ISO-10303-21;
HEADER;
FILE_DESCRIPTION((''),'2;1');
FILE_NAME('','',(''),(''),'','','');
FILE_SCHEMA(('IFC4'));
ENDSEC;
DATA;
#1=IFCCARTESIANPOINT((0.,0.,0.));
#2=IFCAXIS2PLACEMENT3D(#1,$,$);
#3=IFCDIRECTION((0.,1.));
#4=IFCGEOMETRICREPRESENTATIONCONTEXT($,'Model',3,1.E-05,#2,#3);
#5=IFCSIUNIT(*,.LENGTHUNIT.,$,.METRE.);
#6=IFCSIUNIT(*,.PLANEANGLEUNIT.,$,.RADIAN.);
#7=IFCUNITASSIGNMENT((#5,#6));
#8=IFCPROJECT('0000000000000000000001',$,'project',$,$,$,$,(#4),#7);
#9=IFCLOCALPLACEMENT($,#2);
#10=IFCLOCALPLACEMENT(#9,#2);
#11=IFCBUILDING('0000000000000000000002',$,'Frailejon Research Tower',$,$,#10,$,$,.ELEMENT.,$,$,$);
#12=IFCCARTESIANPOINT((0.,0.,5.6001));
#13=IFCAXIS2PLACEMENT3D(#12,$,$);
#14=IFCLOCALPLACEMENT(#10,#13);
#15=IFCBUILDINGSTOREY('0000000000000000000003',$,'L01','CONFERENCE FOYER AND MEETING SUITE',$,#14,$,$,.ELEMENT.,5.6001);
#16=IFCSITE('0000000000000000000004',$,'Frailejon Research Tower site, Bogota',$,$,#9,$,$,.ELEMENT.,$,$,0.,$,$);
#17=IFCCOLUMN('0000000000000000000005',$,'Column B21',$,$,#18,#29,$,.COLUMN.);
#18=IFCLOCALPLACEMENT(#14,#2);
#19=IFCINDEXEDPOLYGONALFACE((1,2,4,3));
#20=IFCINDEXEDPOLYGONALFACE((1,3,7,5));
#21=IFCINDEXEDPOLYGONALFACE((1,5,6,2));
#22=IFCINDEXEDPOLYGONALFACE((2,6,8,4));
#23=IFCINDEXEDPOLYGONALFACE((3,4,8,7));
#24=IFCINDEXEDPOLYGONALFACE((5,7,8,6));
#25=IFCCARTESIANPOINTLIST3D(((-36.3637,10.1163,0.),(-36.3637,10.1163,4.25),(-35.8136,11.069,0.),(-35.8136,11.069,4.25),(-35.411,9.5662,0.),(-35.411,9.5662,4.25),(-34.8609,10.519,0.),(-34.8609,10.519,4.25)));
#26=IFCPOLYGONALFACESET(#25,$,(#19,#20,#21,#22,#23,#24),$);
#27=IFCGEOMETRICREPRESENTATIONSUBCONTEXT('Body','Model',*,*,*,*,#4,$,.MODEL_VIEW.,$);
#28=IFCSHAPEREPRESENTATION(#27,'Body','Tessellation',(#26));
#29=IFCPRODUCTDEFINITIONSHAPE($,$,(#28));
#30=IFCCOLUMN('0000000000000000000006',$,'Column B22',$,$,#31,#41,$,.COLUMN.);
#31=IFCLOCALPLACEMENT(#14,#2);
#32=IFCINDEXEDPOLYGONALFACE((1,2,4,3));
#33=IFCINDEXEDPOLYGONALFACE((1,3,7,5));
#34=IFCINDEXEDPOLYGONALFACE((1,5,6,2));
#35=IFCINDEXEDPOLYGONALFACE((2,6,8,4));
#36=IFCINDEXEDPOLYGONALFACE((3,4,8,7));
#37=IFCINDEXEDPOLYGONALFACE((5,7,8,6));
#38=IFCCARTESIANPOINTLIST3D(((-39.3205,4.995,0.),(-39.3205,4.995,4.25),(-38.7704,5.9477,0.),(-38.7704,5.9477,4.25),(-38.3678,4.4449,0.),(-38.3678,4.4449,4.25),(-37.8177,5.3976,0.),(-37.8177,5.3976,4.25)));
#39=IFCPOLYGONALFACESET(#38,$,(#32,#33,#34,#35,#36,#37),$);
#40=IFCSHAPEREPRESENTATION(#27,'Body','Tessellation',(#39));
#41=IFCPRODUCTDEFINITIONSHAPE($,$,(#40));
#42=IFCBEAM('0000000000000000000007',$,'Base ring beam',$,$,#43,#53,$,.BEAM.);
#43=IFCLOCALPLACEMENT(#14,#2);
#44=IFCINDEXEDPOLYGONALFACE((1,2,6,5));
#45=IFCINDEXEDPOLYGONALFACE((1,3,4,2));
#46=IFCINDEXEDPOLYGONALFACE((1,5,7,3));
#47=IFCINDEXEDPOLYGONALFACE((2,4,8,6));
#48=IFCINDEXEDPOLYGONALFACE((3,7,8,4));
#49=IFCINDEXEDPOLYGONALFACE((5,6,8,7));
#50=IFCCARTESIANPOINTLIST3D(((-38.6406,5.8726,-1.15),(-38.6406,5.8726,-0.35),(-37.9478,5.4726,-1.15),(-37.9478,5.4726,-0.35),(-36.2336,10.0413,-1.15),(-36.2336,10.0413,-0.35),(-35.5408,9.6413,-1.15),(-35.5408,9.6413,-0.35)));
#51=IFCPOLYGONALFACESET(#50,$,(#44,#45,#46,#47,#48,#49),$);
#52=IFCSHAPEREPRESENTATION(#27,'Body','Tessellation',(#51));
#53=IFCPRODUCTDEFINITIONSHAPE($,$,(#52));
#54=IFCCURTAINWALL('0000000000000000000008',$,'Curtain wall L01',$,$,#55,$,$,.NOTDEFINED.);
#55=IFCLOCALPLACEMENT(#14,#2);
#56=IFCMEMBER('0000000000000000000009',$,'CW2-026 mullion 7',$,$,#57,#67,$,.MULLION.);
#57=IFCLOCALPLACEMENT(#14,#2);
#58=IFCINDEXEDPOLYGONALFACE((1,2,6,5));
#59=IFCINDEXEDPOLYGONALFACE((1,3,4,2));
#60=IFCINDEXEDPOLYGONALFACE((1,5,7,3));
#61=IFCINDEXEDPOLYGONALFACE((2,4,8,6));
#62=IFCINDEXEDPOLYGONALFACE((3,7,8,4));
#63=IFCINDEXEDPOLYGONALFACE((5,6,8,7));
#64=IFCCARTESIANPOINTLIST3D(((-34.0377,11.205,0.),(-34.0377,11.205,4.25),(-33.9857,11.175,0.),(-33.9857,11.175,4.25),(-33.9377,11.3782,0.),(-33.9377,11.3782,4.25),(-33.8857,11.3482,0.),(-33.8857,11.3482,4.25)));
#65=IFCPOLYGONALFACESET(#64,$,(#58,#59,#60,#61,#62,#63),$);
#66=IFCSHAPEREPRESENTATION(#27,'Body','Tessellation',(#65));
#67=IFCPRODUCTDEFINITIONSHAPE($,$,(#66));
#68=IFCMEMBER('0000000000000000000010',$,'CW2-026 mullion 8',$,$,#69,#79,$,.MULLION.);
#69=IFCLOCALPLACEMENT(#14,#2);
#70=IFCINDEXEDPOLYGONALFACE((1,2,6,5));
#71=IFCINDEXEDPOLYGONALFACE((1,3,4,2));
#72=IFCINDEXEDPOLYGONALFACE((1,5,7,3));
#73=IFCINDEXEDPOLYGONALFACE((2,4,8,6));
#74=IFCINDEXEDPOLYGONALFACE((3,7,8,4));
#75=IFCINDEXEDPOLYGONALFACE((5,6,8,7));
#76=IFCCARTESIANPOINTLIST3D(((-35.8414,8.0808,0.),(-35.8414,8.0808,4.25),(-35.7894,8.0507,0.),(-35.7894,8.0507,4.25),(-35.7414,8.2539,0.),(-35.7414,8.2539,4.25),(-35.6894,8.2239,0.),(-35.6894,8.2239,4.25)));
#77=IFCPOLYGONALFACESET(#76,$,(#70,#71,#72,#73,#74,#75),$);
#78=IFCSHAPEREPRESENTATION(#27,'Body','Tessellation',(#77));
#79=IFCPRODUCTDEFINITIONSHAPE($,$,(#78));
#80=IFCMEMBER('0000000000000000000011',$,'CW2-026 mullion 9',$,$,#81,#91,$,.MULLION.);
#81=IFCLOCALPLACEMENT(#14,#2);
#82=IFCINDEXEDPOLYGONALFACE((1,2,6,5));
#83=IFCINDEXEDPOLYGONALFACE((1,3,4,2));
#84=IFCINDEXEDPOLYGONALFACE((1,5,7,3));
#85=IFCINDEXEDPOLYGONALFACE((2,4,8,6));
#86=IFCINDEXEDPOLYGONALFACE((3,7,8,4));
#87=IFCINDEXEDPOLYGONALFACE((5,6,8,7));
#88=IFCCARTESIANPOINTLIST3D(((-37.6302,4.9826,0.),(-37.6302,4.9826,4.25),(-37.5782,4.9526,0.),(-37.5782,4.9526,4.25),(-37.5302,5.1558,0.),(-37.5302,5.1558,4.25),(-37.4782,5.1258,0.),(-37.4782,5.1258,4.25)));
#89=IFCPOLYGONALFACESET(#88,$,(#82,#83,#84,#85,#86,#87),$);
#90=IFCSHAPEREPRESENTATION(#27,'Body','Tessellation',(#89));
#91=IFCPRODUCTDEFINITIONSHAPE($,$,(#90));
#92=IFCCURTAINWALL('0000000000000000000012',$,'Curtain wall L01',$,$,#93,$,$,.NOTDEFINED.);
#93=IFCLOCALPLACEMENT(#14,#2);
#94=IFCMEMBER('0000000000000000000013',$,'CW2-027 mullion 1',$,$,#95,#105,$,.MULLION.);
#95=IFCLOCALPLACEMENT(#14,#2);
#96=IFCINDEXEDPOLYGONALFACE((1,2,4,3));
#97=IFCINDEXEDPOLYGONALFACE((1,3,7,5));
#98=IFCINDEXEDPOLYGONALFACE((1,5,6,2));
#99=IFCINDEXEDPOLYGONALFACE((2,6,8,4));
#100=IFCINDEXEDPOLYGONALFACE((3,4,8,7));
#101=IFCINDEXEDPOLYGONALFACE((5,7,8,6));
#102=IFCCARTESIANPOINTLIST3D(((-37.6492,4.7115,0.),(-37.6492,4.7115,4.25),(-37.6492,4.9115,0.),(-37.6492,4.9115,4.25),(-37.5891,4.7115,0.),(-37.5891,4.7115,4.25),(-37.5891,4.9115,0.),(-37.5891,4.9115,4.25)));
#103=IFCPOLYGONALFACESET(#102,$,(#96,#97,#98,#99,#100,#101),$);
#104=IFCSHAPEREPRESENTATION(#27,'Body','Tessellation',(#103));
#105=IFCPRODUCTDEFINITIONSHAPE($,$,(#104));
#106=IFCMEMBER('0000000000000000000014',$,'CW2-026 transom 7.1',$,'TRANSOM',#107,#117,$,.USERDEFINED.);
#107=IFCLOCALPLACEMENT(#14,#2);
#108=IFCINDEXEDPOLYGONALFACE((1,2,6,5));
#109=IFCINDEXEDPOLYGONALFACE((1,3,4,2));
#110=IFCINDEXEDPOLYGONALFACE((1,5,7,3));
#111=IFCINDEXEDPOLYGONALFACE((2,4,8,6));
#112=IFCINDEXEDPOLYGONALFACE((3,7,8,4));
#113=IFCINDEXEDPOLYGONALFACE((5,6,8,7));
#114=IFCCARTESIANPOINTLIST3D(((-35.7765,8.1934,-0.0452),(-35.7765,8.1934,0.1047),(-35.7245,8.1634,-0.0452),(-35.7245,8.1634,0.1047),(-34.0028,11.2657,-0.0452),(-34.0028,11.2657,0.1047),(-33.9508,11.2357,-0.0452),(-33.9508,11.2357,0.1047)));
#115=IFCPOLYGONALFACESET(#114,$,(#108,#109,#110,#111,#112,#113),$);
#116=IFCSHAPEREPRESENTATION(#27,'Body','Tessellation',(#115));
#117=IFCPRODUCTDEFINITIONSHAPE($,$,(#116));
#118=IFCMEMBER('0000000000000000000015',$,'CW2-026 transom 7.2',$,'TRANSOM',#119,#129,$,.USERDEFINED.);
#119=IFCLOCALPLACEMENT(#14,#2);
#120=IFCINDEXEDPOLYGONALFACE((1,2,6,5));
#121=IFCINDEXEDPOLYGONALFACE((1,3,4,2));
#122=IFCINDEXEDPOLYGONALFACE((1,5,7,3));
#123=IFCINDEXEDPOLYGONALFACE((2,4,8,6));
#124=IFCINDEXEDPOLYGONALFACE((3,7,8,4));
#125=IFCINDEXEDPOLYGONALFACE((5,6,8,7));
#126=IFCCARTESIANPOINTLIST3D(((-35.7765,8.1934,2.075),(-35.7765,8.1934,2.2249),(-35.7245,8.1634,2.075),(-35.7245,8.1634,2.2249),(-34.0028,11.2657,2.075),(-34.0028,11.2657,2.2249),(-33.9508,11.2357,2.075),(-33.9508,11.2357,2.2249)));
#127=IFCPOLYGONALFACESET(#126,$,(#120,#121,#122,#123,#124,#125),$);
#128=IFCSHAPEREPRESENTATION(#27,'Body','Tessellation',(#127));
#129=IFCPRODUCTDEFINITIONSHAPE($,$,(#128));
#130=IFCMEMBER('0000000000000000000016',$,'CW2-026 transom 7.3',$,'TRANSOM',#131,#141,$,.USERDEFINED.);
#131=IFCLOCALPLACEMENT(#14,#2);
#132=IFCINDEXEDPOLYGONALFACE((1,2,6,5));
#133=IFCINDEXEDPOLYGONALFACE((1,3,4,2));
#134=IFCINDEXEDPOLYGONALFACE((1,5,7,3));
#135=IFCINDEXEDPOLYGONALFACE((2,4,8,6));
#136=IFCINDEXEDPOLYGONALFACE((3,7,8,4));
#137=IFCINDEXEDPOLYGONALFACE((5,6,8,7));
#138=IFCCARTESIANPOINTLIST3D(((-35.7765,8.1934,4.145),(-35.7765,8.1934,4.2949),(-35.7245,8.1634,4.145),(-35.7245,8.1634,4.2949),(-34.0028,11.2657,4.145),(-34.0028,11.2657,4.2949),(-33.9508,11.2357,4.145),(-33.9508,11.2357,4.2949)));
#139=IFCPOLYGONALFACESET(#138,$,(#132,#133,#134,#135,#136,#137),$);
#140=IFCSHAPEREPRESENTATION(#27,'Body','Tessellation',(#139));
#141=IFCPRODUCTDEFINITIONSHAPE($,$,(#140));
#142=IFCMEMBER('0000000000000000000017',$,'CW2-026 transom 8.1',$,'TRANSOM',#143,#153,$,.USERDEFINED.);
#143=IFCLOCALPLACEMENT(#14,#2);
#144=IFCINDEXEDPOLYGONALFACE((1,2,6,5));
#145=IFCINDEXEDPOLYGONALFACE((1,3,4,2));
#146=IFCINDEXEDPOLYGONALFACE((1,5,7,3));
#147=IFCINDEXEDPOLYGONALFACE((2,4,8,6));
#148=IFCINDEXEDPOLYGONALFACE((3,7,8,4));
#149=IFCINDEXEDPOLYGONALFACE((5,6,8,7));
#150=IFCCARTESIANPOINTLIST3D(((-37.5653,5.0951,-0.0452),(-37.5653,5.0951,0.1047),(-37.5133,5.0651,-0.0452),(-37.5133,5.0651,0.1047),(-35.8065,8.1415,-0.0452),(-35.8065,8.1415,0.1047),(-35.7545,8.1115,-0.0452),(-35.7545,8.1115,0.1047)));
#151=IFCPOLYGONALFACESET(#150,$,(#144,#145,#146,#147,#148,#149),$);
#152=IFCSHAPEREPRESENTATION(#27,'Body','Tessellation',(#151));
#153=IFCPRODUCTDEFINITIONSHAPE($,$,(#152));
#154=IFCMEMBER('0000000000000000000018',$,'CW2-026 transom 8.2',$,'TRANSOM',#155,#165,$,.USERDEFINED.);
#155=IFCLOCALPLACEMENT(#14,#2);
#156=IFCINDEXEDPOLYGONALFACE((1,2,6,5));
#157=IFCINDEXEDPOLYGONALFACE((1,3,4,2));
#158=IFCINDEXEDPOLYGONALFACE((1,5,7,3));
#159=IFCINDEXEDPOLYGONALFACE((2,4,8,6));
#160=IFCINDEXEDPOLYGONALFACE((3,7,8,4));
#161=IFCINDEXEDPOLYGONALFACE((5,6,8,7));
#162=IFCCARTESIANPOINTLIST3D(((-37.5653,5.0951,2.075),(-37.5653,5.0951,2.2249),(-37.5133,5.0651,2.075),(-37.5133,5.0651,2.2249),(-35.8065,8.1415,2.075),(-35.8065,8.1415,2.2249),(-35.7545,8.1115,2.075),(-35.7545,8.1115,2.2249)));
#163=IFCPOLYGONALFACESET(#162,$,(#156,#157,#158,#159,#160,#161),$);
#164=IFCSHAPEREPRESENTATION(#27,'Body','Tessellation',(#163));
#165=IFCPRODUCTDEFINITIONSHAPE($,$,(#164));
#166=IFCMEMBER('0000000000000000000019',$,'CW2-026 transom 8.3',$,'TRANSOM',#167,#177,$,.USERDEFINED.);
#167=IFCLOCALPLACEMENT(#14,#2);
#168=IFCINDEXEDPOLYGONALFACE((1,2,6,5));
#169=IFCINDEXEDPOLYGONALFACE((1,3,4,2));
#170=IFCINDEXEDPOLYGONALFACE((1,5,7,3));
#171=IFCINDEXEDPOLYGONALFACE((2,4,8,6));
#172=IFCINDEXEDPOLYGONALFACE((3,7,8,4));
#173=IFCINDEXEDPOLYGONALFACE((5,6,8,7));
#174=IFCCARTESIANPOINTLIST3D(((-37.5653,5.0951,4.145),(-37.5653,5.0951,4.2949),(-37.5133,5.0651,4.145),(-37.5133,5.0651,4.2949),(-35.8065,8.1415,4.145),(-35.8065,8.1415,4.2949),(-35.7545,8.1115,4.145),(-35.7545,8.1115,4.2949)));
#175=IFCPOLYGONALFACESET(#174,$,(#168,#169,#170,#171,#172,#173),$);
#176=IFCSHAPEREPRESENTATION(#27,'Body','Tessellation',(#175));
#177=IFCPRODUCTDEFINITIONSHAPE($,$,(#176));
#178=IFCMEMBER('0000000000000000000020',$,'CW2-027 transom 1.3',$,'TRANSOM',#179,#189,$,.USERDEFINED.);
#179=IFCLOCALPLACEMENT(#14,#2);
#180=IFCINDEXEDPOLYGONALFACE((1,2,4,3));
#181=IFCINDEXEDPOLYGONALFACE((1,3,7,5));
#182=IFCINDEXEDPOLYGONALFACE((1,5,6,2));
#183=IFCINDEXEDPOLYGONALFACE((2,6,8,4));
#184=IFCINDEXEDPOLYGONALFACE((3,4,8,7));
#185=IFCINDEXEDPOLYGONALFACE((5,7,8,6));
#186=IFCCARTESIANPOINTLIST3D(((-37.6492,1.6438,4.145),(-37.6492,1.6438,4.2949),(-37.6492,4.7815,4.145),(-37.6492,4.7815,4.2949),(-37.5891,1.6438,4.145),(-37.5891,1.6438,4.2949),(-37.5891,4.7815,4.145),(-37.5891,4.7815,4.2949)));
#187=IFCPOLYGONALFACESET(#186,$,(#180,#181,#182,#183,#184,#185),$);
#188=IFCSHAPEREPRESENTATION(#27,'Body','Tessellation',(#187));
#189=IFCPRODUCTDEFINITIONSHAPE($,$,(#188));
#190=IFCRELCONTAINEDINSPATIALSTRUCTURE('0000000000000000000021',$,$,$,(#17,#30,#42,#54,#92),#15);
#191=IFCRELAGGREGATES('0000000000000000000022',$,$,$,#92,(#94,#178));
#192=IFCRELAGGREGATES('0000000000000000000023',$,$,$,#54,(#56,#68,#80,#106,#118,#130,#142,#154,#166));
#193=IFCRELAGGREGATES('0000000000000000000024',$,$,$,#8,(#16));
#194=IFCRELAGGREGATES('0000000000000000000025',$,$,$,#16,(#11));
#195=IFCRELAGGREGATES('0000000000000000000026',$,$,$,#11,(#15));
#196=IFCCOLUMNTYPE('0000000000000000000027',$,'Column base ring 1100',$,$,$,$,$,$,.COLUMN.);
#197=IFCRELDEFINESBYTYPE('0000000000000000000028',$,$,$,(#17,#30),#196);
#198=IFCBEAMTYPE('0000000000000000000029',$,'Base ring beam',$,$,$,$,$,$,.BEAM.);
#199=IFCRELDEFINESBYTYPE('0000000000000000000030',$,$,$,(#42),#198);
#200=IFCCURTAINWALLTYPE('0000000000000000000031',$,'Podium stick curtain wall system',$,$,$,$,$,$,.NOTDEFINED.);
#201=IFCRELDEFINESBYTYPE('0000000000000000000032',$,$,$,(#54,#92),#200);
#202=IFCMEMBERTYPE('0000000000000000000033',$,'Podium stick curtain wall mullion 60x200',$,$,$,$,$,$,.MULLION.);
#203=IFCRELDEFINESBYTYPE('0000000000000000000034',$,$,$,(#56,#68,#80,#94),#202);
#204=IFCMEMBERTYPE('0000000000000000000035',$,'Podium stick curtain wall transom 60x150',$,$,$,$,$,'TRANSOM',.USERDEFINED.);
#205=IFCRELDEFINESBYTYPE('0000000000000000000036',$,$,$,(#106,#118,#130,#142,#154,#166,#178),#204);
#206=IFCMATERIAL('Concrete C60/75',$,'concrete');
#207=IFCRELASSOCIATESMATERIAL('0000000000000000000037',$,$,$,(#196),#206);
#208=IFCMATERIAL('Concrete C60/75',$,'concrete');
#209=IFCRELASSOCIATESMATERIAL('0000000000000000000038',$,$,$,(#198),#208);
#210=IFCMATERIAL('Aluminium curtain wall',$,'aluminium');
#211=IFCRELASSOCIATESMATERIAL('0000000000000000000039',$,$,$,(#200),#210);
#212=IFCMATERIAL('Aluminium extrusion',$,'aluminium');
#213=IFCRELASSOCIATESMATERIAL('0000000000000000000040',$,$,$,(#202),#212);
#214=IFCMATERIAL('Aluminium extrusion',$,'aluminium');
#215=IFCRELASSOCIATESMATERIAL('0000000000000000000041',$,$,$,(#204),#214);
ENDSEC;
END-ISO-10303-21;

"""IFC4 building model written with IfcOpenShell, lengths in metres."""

from ifc_helpers import new_model, si_unit, direction, frame, origin, origin_2d, place, context, subcontext, project, spatial, rectangle, extrude, material, material_profile, profile_set, type_object, element, aggregate, save


model = new_model("IFC4")

# Units and contexts
model_context = context("Model", 3, precision=1e-05, world=origin(), true_north=direction((0.0, 1.0)))
body_context = subcontext(model_context, "Body", "Model", "MODEL_VIEW")
ifc_project = project(units=[si_unit("LENGTHUNIT", "METRE"), si_unit("PLANEANGLEUNIT", "RADIAN")], contexts=[model_context])

# Site, building, storey
site_placement = place(None, origin())
site = spatial("IfcSite", under=ifc_project, at=site_placement, Name="Frailejon Research Tower site, Bogota", CompositionType="ELEMENT", RefElevation=0.0)
building_placement = place(site_placement, origin())
building = spatial("IfcBuilding", under=site, at=building_placement, Name="Frailejon Research Tower", CompositionType="ELEMENT")
storey_placement = place(building_placement, frame((0.0, 0.0, 5.6001)))
storey = spatial("IfcBuildingStorey", under=building, at=storey_placement, Name="L01", Description="CONFERENCE FOYER AND MEETING SUITE", CompositionType="ELEMENT", Elevation=5.6001)

# Columns
ifc_material_1 = material(Name="Concrete C60/75", Category="concrete")
ifc_material_profile_1 = material_profile(ifc_material_1, rectangle(XDim=1.1001, YDim=1.1001, at=origin_2d()), Name="Column base ring 1100")
ifc_profile_set_1 = profile_set([ifc_material_profile_1], Name="Concrete C60/75")
column_type = type_object("IfcColumnType", Name="Column base ring 1100", PredefinedType="COLUMN", material=ifc_profile_set_1)
for number, where, z_axis, x_axis, name in (
    (1, (-35.6123, 10.3176, 0.0), (0.0, 0.0, 1.0), (-0.5, -0.866025, 0.0), "Column B21"),
    (2, (-38.5691, 5.1963, 0.0), (0.0, 0.0, 1.0), (-0.5, -0.866025, 0.0), "Column B22"),
):
    element("IfcColumn", number, at=place(storey_placement, frame(where, z_axis=z_axis, x_axis=x_axis)), inside=storey, type_object=column_type, Name=name, PredefinedType="COLUMN", context=body_context, shape_type="SweptSolid", body=[
        extrude(rectangle(XDim=1.1001, YDim=1.1001, at=origin_2d()), origin(), (0.0, 0.0, 1.0), 4.25),
    ])

# Beam
ifc_material_2 = material(Name="Concrete C60/75", Category="concrete")
ifc_material_profile_2 = material_profile(ifc_material_2, rectangle(XDim=0.8, YDim=0.8, at=origin_2d()), Name="Base ring beam")
ifc_profile_set_2 = profile_set([ifc_material_profile_2], Name="Concrete C60/75")
beam_type = type_object("IfcBeamType", Name="Base ring beam", PredefinedType="BEAM", material=ifc_profile_set_2)
beam_placement = place(storey_placement, frame((-35.8872, 9.8413, -0.75), z_axis=(-0.500028, -0.866009, 0.0), x_axis=(0.866009, -0.500028, 0.0)))
element("IfcBeam", 3, at=beam_placement, inside=storey, type_object=beam_type, Name="Base ring beam", PredefinedType="BEAM", context=body_context, shape_type="SweptSolid", body=[
    extrude(rectangle(XDim=0.8, YDim=0.8, at=origin_2d()), origin(), (0.0, 0.0, 1.0), 4.8137),
])

# Curtain wall, members
ifc_material_3 = material(Name="Aluminium curtain wall", Category="aluminium")
curtain_wall_type = type_object("IfcCurtainWallType", Name="Podium stick curtain wall system", PredefinedType="NOTDEFINED", material=ifc_material_3)
curtain_wall_1_placement = place(storey_placement, origin())
curtain_wall_1 = element("IfcCurtainWall", 4, at=curtain_wall_1_placement, inside=storey, type_object=curtain_wall_type, Name="Curtain wall L01", PredefinedType="NOTDEFINED")
ifc_material_4 = material(Name="Aluminium extrusion", Category="aluminium")
ifc_material_profile_3 = material_profile(ifc_material_4, rectangle(XDim=0.0601, YDim=0.2, at=origin_2d()), Name="Podium stick curtain wall mullion 60x200")
ifc_profile_set_3 = profile_set([ifc_material_profile_3], Name="Aluminium extrusion")
member_type_1 = type_object("IfcMemberType", Name="Podium stick curtain wall mullion 60x200", PredefinedType="MULLION", material=ifc_profile_set_3)
member_1_placement = place(storey_placement, frame((-33.9617, 11.2766, 0.0), z_axis=(0.0, 0.0, 1.0), x_axis=(0.866026, -0.499998, 0.0)))
member_1 = element("IfcMember", 5, at=member_1_placement, type_object=member_type_1, Name="CW2-026 mullion 7", PredefinedType="MULLION", context=body_context, shape_type="SweptSolid", body=[
    extrude(rectangle(XDim=0.0601, YDim=0.2, at=origin_2d()), origin(), (0.0, 0.0, 1.0), 4.25),
])
member_2_placement = place(storey_placement, frame((-35.7654, 8.1523, 0.0), z_axis=(0.0, 0.0, 1.0), x_axis=(0.866026, -0.499998, 0.0)))
member_2 = element("IfcMember", 6, at=member_2_placement, type_object=member_type_1, Name="CW2-026 mullion 8", PredefinedType="MULLION", context=body_context, shape_type="SweptSolid", body=[
    extrude(rectangle(XDim=0.0601, YDim=0.2, at=origin_2d()), origin(), (0.0, 0.0, 1.0), 4.25),
])
member_3_placement = place(storey_placement, frame((-37.5542, 5.0542, 0.0), z_axis=(0.0, 0.0, 1.0), x_axis=(0.866026, -0.499998, 0.0)))
member_3 = element("IfcMember", 7, at=member_3_placement, type_object=member_type_1, Name="CW2-026 mullion 9", PredefinedType="MULLION", context=body_context, shape_type="SweptSolid", body=[
    extrude(rectangle(XDim=0.0601, YDim=0.2, at=origin_2d()), origin(), (0.0, 0.0, 1.0), 4.25),
])

# Curtain wall, member
curtain_wall_2_placement = place(storey_placement, origin())
curtain_wall_2 = element("IfcCurtainWall", 8, at=curtain_wall_2_placement, inside=storey, type_object=curtain_wall_type, Name="Curtain wall L01", PredefinedType="NOTDEFINED")
member_4_placement = place(storey_placement, frame((-37.6191, 4.8115, 0.0), z_axis=(0.0, 0.0, 1.0), x_axis=(1.0, 0.0, 0.0)))
member_4 = element("IfcMember", 9, at=member_4_placement, type_object=member_type_1, Name="CW2-027 mullion 1", PredefinedType="MULLION", context=body_context, shape_type="SweptSolid", body=[
    extrude(rectangle(XDim=0.0601, YDim=0.2, at=origin_2d()), origin(), (0.0, 0.0, 1.0), 4.25),
])

# Members
ifc_material_5 = material(Name="Aluminium extrusion", Category="aluminium")
ifc_material_profile_4 = material_profile(ifc_material_5, rectangle(XDim=0.0601, YDim=0.1499, at=origin_2d()), Name="Podium stick curtain wall transom 60x150")
ifc_profile_set_4 = profile_set([ifc_material_profile_4], Name="Aluminium extrusion")
member_type_2 = type_object("IfcMemberType", Name="Podium stick curtain wall transom 60x150", ElementType="TRANSOM", PredefinedType="USERDEFINED", material=ifc_profile_set_4)
member_5_placement = place(storey_placement, frame((-33.9768, 11.2507, 0.0298), z_axis=(-0.499981, -0.866037, 0.0), x_axis=(0.866037, -0.499981, 0.0)))
member_5 = element("IfcMember", 10, at=member_5_placement, type_object=member_type_2, Name="CW2-026 transom 7.1", ObjectType="TRANSOM", PredefinedType="USERDEFINED", context=body_context, shape_type="SweptSolid", body=[
    extrude(rectangle(XDim=0.0601, YDim=0.1499, at=origin_2d()), origin(), (0.0, 0.0, 1.0), 3.5476),
])
member_6_placement = place(storey_placement, frame((-33.9768, 11.2507, 2.1499), z_axis=(-0.499981, -0.866037, 0.0), x_axis=(0.866037, -0.499981, 0.0)))
member_6 = element("IfcMember", 11, at=member_6_placement, type_object=member_type_2, Name="CW2-026 transom 7.2", ObjectType="TRANSOM", PredefinedType="USERDEFINED", context=body_context, shape_type="SweptSolid", body=[
    extrude(rectangle(XDim=0.0601, YDim=0.1499, at=origin_2d()), origin(), (0.0, 0.0, 1.0), 3.5476),
])
member_7_placement = place(storey_placement, frame((-33.9768, 11.2507, 4.22), z_axis=(-0.499981, -0.866037, 0.0), x_axis=(0.866037, -0.499981, 0.0)))
member_7 = element("IfcMember", 12, at=member_7_placement, type_object=member_type_2, Name="CW2-026 transom 7.3", ObjectType="TRANSOM", PredefinedType="USERDEFINED", context=body_context, shape_type="SweptSolid", body=[
    extrude(rectangle(XDim=0.0601, YDim=0.1499, at=origin_2d()), origin(), (0.0, 0.0, 1.0), 3.5476),
])
member_8_placement = place(storey_placement, frame((-35.7805, 8.1265, 0.0298), z_axis=(-0.499991, -0.866031, 0.0), x_axis=(0.866031, -0.499991, 0.0)))
member_8 = element("IfcMember", 13, at=member_8_placement, type_object=member_type_2, Name="CW2-026 transom 8.1", ObjectType="TRANSOM", PredefinedType="USERDEFINED", context=body_context, shape_type="SweptSolid", body=[
    extrude(rectangle(XDim=0.0601, YDim=0.1499, at=origin_2d()), origin(), (0.0, 0.0, 1.0), 3.5176),
])
member_9_placement = place(storey_placement, frame((-35.7805, 8.1265, 2.1499), z_axis=(-0.499991, -0.866031, 0.0), x_axis=(0.866031, -0.499991, 0.0)))
member_9 = element("IfcMember", 14, at=member_9_placement, type_object=member_type_2, Name="CW2-026 transom 8.2", ObjectType="TRANSOM", PredefinedType="USERDEFINED", context=body_context, shape_type="SweptSolid", body=[
    extrude(rectangle(XDim=0.0601, YDim=0.1499, at=origin_2d()), origin(), (0.0, 0.0, 1.0), 3.5176),
])
member_10_placement = place(storey_placement, frame((-35.7805, 8.1265, 4.22), z_axis=(-0.499991, -0.866031, 0.0), x_axis=(0.866031, -0.499991, 0.0)))
member_10 = element("IfcMember", 15, at=member_10_placement, type_object=member_type_2, Name="CW2-026 transom 8.3", ObjectType="TRANSOM", PredefinedType="USERDEFINED", context=body_context, shape_type="SweptSolid", body=[
    extrude(rectangle(XDim=0.0601, YDim=0.1499, at=origin_2d()), origin(), (0.0, 0.0, 1.0), 3.5176),
])
member_11_placement = place(storey_placement, frame((-37.6191, 4.7815, 4.22), z_axis=(0.0, -1.0, 0.0), x_axis=(1.0, 0.0, 0.0)))
member_11 = element("IfcMember", 16, at=member_11_placement, type_object=member_type_2, Name="CW2-027 transom 1.3", ObjectType="TRANSOM", PredefinedType="USERDEFINED", context=body_context, shape_type="SweptSolid", body=[
    extrude(rectangle(XDim=0.0601, YDim=0.1499, at=origin_2d()), origin(), (0.0, 0.0, 1.0), 3.1377),
])
aggregate(curtain_wall_2, [member_4, member_11])

aggregate(curtain_wall_1, [member_1, member_2, member_3, member_5, member_6, member_7, member_8, member_9, member_10])

save(model, "model.ifc")
